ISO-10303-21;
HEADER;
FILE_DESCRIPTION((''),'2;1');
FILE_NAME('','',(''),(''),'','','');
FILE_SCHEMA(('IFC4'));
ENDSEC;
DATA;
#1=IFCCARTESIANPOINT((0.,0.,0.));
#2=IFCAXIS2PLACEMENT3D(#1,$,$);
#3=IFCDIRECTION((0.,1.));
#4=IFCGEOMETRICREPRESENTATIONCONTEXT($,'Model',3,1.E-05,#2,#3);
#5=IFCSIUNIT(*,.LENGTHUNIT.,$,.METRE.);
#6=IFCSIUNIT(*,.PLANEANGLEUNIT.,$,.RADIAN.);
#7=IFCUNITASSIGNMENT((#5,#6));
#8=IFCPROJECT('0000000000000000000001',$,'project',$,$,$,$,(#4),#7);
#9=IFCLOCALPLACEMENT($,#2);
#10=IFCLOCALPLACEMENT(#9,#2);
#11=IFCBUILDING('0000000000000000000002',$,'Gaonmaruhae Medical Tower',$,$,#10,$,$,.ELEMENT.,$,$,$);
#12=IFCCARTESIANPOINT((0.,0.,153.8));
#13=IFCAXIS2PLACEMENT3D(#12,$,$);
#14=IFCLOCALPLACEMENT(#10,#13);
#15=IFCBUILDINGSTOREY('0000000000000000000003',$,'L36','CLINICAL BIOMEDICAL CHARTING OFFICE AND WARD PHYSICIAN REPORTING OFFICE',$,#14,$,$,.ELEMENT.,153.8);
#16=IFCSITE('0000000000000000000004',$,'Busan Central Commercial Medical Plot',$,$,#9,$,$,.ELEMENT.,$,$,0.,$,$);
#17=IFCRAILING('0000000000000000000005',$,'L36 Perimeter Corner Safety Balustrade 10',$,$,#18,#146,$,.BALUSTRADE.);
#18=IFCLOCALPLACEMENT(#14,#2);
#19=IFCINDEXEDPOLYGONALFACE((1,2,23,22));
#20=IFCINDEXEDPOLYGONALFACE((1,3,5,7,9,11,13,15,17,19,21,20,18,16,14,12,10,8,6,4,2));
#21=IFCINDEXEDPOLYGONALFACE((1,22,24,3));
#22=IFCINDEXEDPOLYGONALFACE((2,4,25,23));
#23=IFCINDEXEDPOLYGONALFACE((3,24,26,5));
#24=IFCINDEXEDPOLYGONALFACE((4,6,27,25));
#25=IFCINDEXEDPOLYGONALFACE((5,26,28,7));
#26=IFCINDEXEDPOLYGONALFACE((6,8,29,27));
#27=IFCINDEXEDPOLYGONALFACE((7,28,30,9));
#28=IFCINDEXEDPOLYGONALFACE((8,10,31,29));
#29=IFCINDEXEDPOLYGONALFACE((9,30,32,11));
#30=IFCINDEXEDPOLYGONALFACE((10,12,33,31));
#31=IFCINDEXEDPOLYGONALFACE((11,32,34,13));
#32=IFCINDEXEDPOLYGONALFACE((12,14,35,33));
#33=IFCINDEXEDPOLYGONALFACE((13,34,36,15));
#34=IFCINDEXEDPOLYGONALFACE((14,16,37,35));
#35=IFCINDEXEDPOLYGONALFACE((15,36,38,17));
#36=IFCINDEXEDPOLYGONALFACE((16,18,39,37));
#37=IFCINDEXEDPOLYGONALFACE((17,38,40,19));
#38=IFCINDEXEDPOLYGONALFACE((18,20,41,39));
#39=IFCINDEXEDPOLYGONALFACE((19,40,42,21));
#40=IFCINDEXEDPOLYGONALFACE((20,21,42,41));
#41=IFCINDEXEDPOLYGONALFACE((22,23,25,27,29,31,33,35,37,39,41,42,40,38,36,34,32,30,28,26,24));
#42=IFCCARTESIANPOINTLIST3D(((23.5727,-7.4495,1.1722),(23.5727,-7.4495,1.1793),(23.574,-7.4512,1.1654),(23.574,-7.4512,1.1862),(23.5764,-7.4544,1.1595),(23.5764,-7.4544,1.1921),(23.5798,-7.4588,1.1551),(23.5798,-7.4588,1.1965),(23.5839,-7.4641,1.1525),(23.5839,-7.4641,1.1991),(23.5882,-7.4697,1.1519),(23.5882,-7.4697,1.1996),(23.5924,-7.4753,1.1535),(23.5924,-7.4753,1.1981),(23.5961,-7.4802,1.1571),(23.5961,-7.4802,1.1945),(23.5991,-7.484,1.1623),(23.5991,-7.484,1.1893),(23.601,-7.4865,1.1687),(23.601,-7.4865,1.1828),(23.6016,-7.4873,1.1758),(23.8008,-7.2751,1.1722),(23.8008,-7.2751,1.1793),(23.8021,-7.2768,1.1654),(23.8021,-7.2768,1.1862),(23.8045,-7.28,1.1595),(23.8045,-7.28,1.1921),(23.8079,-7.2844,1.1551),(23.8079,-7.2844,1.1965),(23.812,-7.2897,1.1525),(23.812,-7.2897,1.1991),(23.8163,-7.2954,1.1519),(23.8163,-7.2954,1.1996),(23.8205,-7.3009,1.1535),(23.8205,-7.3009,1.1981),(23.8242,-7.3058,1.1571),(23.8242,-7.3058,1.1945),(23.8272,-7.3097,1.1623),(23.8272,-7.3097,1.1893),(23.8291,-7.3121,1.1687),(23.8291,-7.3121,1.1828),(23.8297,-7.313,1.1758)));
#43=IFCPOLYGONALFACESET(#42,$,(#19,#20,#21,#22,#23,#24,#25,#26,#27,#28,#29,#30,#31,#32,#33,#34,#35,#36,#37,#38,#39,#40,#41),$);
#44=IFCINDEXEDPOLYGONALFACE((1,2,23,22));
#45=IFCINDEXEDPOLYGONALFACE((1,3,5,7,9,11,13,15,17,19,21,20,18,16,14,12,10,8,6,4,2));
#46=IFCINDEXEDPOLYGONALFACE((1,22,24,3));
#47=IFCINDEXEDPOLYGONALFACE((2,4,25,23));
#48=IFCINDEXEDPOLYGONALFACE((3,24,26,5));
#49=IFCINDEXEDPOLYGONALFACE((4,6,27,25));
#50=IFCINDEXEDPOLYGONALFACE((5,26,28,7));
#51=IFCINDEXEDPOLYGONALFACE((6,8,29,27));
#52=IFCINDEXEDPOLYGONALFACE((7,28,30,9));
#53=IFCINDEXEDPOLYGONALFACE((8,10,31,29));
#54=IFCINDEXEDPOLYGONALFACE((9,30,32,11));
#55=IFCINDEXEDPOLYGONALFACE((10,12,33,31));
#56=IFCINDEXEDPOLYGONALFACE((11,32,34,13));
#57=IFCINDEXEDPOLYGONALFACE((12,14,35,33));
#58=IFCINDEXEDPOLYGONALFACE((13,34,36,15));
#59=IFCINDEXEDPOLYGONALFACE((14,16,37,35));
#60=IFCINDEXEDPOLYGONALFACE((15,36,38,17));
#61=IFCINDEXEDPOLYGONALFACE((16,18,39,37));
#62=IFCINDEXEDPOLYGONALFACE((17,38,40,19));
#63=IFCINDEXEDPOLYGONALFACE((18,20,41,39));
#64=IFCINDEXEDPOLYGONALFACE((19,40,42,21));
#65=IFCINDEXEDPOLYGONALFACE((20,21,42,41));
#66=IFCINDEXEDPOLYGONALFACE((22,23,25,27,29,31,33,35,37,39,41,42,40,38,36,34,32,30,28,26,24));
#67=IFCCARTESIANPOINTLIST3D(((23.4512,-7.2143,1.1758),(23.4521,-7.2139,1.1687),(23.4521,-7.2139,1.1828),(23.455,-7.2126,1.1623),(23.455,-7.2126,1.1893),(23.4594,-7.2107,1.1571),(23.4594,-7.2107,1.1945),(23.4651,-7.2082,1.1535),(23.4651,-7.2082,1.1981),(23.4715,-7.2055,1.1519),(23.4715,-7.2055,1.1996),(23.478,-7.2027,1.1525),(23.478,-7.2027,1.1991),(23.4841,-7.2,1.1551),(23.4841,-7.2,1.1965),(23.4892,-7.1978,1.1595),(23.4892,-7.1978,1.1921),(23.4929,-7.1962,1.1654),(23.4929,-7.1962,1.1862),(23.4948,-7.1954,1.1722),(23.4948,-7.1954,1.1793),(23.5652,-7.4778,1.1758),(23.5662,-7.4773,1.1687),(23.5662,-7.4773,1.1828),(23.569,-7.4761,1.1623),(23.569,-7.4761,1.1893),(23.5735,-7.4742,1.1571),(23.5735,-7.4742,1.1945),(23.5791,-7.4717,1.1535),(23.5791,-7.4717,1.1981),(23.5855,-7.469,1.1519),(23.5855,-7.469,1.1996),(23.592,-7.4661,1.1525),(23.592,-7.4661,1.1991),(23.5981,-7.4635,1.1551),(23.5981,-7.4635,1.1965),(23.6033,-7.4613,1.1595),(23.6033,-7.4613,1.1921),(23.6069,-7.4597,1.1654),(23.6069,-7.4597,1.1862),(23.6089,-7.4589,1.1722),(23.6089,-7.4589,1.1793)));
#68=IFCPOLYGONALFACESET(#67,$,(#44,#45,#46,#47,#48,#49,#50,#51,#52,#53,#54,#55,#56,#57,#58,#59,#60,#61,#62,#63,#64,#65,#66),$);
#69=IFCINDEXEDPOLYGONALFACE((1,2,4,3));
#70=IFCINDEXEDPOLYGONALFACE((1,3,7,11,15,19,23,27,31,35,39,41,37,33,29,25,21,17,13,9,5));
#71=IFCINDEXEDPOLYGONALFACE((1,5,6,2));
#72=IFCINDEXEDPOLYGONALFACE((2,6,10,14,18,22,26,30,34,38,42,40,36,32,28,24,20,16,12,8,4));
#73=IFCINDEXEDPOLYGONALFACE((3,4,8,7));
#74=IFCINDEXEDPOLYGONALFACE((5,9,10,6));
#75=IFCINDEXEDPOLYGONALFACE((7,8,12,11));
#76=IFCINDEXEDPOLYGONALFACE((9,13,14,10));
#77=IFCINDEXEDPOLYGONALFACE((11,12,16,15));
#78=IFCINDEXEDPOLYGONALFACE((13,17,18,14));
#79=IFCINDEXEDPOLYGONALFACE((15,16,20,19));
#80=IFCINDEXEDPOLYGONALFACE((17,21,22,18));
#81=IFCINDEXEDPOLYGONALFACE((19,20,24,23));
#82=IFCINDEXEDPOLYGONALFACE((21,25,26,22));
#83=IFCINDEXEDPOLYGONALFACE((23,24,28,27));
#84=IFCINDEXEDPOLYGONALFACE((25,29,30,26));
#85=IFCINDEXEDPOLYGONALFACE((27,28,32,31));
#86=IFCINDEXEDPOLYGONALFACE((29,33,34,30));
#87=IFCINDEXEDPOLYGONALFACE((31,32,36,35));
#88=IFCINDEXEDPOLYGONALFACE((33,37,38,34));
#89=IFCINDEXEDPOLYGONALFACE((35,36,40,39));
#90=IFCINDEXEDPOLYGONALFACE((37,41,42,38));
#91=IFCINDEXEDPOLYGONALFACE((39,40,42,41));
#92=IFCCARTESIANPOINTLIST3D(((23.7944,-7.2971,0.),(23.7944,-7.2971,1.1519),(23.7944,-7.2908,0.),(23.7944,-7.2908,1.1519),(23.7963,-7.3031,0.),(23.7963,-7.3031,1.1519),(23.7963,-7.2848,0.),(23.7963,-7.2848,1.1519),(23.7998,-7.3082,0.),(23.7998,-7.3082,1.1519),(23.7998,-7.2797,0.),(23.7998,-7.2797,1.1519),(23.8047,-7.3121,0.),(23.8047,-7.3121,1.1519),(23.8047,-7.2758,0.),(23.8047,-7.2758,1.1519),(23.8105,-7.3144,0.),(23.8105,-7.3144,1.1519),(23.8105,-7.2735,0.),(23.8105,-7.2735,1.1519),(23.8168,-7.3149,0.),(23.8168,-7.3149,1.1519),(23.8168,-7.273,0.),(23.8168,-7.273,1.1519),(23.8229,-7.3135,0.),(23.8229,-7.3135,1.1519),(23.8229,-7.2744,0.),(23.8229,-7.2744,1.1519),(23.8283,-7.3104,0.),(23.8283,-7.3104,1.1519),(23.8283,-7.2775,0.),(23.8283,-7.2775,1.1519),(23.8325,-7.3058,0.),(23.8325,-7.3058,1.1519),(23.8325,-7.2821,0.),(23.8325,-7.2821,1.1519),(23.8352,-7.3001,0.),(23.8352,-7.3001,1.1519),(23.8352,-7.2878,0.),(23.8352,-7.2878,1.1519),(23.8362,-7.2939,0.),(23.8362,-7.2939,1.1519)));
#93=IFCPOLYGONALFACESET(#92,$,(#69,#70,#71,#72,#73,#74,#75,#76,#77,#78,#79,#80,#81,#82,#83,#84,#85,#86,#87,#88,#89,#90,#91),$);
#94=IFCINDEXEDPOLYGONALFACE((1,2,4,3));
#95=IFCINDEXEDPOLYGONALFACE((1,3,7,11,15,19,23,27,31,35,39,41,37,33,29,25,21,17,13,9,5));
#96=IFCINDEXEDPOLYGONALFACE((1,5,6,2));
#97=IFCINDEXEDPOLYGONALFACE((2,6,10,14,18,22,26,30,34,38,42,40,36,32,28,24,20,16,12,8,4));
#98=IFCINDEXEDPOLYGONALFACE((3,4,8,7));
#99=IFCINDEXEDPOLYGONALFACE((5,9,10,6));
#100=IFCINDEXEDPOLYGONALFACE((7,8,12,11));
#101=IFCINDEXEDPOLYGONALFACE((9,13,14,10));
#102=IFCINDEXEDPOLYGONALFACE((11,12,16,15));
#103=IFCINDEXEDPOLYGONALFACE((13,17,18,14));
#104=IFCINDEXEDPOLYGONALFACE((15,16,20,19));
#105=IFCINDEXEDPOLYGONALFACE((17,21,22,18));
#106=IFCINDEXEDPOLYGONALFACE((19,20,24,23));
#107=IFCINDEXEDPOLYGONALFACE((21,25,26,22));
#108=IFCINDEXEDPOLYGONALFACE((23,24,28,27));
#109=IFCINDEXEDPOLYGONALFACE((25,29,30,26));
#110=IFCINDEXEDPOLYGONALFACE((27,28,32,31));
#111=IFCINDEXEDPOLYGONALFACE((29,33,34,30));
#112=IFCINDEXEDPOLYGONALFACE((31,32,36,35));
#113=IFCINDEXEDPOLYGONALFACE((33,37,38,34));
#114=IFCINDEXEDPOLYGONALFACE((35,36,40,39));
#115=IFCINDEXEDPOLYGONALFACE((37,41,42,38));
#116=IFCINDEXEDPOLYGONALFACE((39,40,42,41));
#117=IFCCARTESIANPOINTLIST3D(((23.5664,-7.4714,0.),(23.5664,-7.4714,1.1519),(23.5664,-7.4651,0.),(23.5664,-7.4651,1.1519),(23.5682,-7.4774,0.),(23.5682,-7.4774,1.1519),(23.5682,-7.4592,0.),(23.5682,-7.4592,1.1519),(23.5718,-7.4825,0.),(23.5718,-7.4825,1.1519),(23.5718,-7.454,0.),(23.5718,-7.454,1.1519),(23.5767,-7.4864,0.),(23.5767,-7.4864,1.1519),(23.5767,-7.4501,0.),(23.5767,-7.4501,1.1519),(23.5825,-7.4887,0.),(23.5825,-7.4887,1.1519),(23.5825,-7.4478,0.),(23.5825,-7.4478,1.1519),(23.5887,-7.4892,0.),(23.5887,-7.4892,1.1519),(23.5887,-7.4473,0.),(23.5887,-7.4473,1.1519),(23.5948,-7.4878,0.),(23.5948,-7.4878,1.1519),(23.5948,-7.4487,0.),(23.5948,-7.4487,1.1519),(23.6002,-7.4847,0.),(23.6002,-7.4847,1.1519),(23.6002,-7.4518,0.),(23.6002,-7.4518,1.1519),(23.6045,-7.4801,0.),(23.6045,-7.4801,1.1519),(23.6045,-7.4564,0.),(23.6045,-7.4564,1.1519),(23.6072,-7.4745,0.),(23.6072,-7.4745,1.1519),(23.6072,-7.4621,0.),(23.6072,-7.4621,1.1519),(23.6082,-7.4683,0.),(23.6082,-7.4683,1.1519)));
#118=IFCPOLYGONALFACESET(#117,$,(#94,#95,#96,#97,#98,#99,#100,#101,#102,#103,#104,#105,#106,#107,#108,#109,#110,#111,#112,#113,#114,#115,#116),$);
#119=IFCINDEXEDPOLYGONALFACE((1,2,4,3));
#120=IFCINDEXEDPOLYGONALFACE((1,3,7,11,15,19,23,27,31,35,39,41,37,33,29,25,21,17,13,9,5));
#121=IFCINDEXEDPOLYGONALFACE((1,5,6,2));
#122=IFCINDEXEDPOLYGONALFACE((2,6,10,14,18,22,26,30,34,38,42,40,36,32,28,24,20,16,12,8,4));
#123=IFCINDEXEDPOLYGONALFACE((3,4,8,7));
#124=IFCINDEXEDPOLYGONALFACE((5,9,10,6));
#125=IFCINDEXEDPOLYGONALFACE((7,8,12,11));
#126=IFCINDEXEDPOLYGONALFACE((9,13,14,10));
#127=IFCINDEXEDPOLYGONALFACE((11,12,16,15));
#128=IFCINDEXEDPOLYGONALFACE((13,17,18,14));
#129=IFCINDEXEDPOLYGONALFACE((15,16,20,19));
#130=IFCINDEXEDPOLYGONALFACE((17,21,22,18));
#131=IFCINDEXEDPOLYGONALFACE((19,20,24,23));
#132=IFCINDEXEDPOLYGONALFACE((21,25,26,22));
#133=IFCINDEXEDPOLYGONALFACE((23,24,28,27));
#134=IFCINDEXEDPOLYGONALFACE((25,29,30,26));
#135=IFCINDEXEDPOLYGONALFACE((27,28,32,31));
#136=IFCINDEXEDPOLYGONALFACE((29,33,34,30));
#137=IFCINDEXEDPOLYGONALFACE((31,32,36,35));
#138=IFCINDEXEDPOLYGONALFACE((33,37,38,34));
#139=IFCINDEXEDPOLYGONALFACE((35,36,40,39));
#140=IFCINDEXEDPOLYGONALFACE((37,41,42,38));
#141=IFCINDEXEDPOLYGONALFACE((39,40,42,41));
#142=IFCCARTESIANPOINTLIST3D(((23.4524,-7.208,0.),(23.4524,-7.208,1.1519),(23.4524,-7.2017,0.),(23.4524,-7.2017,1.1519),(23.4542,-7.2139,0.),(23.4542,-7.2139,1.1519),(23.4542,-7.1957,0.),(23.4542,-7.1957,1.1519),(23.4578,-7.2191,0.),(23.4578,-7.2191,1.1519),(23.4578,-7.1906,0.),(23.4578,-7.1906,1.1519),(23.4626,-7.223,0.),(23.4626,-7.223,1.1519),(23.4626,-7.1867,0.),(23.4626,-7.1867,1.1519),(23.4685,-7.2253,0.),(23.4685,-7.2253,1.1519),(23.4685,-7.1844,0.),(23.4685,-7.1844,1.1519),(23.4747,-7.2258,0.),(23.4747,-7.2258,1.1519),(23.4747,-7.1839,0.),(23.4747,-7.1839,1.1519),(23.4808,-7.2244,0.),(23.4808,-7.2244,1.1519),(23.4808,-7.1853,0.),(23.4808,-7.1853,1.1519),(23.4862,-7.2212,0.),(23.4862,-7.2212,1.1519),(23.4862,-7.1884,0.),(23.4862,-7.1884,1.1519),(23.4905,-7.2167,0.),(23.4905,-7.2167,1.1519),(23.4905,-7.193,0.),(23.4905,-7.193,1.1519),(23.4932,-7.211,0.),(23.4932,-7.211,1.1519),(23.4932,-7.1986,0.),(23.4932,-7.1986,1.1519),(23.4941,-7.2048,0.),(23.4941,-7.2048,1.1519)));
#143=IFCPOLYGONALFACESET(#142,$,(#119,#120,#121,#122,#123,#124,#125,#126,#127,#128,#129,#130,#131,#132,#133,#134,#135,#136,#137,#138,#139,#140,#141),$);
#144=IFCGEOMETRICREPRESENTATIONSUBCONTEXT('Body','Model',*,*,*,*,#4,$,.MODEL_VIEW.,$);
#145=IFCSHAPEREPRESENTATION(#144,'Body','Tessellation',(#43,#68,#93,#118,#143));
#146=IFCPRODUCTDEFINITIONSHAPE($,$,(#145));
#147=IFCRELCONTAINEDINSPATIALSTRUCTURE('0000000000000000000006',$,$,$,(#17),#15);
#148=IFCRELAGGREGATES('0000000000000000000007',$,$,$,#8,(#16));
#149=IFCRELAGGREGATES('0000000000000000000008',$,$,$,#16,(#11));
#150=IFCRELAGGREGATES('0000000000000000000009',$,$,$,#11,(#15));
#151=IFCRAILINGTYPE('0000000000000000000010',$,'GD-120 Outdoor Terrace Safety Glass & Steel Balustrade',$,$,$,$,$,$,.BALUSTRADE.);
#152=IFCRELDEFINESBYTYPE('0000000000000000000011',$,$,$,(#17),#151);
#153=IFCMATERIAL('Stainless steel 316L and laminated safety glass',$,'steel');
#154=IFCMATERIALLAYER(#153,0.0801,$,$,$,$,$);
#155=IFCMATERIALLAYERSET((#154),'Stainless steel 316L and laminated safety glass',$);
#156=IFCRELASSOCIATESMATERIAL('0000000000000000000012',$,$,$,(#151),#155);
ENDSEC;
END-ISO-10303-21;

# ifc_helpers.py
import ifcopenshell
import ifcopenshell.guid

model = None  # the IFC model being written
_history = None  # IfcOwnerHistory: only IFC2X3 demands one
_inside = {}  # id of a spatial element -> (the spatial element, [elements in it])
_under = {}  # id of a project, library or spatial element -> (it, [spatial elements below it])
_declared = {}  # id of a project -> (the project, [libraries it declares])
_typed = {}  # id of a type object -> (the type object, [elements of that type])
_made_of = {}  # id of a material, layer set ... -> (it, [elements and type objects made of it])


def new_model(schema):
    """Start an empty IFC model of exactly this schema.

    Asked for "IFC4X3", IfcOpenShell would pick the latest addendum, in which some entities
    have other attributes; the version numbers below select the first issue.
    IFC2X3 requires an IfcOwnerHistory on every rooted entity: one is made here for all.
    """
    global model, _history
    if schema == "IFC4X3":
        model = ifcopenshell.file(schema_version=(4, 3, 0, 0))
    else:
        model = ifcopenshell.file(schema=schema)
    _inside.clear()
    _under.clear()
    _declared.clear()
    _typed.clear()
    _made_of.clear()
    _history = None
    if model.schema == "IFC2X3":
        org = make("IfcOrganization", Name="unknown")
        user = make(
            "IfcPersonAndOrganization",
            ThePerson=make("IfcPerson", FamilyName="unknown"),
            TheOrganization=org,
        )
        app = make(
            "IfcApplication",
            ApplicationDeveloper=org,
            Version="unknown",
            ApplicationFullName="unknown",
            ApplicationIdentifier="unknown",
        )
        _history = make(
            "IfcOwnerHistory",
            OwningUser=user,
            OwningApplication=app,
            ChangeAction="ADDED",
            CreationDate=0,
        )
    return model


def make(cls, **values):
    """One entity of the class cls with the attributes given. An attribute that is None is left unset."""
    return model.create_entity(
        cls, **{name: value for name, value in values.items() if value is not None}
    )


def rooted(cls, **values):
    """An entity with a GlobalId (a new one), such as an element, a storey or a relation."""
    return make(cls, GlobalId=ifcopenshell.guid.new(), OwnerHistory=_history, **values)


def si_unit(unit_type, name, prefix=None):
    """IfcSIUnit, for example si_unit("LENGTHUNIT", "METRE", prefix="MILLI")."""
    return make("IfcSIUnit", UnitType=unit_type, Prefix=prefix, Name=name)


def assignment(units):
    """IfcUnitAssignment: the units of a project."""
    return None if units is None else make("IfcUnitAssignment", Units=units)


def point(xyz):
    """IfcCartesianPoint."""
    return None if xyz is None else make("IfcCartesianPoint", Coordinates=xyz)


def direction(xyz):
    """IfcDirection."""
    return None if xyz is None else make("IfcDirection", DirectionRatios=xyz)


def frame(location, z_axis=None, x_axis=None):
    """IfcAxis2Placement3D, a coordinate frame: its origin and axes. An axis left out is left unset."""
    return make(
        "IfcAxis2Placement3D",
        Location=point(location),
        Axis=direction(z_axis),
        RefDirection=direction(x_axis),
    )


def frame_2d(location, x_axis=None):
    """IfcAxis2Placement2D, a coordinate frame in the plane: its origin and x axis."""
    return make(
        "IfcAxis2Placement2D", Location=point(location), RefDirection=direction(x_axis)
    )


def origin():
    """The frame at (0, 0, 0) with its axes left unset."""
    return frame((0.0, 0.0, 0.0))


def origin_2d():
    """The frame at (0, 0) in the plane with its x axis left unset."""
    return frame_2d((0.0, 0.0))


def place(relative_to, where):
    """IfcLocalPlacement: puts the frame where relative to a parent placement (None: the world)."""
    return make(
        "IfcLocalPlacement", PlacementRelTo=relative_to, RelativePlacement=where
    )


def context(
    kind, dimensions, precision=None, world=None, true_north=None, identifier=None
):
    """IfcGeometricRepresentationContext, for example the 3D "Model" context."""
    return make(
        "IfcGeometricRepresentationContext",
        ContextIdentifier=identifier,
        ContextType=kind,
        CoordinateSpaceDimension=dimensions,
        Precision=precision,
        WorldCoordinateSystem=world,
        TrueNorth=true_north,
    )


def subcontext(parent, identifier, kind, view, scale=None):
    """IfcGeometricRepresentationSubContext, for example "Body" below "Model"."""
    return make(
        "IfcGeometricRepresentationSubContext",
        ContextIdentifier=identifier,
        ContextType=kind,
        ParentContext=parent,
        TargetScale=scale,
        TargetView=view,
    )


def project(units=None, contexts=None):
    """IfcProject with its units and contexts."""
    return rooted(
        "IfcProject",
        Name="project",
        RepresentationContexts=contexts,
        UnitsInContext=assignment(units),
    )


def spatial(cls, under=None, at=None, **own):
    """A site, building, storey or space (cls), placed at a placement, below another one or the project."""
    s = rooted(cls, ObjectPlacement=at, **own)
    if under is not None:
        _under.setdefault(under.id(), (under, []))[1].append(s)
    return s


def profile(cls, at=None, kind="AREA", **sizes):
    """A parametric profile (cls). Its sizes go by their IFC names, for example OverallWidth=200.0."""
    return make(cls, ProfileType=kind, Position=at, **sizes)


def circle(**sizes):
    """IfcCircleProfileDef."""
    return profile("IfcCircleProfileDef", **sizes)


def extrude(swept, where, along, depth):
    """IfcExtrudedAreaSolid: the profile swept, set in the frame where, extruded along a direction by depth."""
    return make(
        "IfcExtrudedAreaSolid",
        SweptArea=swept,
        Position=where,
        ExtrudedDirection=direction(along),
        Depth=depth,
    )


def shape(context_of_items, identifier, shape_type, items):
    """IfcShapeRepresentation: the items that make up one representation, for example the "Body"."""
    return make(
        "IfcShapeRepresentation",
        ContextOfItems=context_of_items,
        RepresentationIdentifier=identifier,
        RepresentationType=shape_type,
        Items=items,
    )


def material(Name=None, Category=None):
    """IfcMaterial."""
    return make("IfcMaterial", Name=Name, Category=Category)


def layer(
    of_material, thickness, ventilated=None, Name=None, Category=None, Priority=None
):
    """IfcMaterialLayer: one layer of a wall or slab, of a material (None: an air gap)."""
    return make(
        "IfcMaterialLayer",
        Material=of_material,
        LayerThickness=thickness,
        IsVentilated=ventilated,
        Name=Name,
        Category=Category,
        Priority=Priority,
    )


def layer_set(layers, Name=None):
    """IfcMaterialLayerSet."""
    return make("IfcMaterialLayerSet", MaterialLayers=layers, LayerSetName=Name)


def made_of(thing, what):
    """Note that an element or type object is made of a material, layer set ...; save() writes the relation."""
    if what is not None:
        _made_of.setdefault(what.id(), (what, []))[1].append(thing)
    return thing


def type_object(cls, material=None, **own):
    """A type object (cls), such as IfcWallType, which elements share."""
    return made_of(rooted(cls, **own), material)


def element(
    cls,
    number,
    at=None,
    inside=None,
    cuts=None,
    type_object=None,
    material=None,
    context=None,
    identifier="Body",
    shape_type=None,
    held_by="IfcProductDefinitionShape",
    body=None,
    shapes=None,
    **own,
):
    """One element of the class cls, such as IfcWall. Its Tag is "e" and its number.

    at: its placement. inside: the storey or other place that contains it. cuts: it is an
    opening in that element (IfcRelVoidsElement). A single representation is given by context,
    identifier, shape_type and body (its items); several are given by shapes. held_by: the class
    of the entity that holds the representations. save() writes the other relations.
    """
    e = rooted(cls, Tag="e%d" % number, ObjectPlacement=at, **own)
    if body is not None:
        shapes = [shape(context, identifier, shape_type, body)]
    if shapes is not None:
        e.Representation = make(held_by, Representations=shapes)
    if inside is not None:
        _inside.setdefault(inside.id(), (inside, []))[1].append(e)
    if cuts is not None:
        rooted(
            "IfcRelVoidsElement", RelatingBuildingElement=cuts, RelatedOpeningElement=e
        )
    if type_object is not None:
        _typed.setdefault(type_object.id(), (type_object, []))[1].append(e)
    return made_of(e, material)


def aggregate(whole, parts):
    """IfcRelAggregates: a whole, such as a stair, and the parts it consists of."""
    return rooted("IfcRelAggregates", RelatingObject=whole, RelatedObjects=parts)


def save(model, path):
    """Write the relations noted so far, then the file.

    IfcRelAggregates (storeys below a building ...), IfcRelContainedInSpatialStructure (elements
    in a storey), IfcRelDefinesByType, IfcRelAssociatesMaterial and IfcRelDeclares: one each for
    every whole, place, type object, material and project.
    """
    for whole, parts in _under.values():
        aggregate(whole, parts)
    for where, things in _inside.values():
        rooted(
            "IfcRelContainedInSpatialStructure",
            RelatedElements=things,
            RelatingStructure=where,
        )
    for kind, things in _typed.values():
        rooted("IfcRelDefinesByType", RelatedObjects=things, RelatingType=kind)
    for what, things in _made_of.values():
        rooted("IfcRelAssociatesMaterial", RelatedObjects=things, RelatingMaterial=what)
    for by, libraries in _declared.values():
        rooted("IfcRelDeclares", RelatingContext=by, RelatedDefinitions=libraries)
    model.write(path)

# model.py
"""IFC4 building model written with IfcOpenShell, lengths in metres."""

from ifc_helpers import new_model, si_unit, direction, frame, origin, origin_2d, place, context, subcontext, project, spatial, circle, extrude, material, layer, layer_set, type_object, element, save


model = new_model("IFC4")

# Units and contexts
model_context = context("Model", 3, precision=1e-05, world=origin(), true_north=direction((0.0, 1.0)))
body_context = subcontext(model_context, "Body", "Model", "MODEL_VIEW")
ifc_project = project(units=[si_unit("LENGTHUNIT", "METRE"), si_unit("PLANEANGLEUNIT", "RADIAN")], contexts=[model_context])

# Site, building, storey
site_placement = place(None, origin())
site = spatial("IfcSite", under=ifc_project, at=site_placement, Name="Busan Central Commercial Medical Plot", CompositionType="ELEMENT", RefElevation=0.0)
building_placement = place(site_placement, origin())
building = spatial("IfcBuilding", under=site, at=building_placement, Name="Gaonmaruhae Medical Tower", CompositionType="ELEMENT")
storey_placement = place(building_placement, frame((0.0, 0.0, 153.8)))
storey = spatial("IfcBuildingStorey", under=building, at=storey_placement, Name="L36", Description="CLINICAL BIOMEDICAL CHARTING OFFICE AND WARD PHYSICIAN REPORTING OFFICE", CompositionType="ELEMENT", Elevation=153.8)

# Railing
ifc_material_1 = material(Name="Stainless steel 316L and laminated safety glass", Category="steel")
ifc_layer_1 = layer(ifc_material_1, 0.0801)
ifc_layer_set_1 = layer_set([ifc_layer_1], Name="Stainless steel 316L and laminated safety glass")
railing_type = type_object("IfcRailingType", Name="GD-120 Outdoor Terrace Safety Glass & Steel Balustrade", PredefinedType="BALUSTRADE", material=ifc_layer_set_1)
railing_1_placement = place(storey_placement, frame((23.8152, -7.2939, 0.0)))
element("IfcRailing", 1, at=railing_1_placement, inside=storey, type_object=railing_type, Name="L36 Perimeter Corner Safety Balustrade 10", PredefinedType="BALUSTRADE", context=body_context, shape_type="SweptSolid", body=[
    extrude(circle(Radius=0.0239, at=origin_2d()), frame((0.0, 0.0, 1.1758), z_axis=(-0.794454, -0.607324, 0.0), x_axis=(0.607324, -0.794454, 0.0)), (0.0, 0.0, 1.0), 0.2871),
    extrude(circle(Radius=0.0239, at=origin_2d()), frame((-0.228, -0.1743, 1.1758), z_axis=(-0.397202, 0.917731, 0.0), x_axis=(-0.917731, -0.397202, 0.0)), (0.0, 0.0, 1.0), 0.2871),
    extrude(circle(Radius=0.021, at=origin_2d()), origin(), (0.0, 0.0, 1.0), 1.1519),
    extrude(circle(Radius=0.021, at=origin_2d()), frame((-0.228, -0.1743, 0.0)), (0.0, 0.0, 1.0), 1.1519),
    extrude(circle(Radius=0.021, at=origin_2d()), frame((-0.342, 0.0891, 0.0)), (0.0, 0.0, 1.0), 1.1519),
])

save(model, "model.ifc")
